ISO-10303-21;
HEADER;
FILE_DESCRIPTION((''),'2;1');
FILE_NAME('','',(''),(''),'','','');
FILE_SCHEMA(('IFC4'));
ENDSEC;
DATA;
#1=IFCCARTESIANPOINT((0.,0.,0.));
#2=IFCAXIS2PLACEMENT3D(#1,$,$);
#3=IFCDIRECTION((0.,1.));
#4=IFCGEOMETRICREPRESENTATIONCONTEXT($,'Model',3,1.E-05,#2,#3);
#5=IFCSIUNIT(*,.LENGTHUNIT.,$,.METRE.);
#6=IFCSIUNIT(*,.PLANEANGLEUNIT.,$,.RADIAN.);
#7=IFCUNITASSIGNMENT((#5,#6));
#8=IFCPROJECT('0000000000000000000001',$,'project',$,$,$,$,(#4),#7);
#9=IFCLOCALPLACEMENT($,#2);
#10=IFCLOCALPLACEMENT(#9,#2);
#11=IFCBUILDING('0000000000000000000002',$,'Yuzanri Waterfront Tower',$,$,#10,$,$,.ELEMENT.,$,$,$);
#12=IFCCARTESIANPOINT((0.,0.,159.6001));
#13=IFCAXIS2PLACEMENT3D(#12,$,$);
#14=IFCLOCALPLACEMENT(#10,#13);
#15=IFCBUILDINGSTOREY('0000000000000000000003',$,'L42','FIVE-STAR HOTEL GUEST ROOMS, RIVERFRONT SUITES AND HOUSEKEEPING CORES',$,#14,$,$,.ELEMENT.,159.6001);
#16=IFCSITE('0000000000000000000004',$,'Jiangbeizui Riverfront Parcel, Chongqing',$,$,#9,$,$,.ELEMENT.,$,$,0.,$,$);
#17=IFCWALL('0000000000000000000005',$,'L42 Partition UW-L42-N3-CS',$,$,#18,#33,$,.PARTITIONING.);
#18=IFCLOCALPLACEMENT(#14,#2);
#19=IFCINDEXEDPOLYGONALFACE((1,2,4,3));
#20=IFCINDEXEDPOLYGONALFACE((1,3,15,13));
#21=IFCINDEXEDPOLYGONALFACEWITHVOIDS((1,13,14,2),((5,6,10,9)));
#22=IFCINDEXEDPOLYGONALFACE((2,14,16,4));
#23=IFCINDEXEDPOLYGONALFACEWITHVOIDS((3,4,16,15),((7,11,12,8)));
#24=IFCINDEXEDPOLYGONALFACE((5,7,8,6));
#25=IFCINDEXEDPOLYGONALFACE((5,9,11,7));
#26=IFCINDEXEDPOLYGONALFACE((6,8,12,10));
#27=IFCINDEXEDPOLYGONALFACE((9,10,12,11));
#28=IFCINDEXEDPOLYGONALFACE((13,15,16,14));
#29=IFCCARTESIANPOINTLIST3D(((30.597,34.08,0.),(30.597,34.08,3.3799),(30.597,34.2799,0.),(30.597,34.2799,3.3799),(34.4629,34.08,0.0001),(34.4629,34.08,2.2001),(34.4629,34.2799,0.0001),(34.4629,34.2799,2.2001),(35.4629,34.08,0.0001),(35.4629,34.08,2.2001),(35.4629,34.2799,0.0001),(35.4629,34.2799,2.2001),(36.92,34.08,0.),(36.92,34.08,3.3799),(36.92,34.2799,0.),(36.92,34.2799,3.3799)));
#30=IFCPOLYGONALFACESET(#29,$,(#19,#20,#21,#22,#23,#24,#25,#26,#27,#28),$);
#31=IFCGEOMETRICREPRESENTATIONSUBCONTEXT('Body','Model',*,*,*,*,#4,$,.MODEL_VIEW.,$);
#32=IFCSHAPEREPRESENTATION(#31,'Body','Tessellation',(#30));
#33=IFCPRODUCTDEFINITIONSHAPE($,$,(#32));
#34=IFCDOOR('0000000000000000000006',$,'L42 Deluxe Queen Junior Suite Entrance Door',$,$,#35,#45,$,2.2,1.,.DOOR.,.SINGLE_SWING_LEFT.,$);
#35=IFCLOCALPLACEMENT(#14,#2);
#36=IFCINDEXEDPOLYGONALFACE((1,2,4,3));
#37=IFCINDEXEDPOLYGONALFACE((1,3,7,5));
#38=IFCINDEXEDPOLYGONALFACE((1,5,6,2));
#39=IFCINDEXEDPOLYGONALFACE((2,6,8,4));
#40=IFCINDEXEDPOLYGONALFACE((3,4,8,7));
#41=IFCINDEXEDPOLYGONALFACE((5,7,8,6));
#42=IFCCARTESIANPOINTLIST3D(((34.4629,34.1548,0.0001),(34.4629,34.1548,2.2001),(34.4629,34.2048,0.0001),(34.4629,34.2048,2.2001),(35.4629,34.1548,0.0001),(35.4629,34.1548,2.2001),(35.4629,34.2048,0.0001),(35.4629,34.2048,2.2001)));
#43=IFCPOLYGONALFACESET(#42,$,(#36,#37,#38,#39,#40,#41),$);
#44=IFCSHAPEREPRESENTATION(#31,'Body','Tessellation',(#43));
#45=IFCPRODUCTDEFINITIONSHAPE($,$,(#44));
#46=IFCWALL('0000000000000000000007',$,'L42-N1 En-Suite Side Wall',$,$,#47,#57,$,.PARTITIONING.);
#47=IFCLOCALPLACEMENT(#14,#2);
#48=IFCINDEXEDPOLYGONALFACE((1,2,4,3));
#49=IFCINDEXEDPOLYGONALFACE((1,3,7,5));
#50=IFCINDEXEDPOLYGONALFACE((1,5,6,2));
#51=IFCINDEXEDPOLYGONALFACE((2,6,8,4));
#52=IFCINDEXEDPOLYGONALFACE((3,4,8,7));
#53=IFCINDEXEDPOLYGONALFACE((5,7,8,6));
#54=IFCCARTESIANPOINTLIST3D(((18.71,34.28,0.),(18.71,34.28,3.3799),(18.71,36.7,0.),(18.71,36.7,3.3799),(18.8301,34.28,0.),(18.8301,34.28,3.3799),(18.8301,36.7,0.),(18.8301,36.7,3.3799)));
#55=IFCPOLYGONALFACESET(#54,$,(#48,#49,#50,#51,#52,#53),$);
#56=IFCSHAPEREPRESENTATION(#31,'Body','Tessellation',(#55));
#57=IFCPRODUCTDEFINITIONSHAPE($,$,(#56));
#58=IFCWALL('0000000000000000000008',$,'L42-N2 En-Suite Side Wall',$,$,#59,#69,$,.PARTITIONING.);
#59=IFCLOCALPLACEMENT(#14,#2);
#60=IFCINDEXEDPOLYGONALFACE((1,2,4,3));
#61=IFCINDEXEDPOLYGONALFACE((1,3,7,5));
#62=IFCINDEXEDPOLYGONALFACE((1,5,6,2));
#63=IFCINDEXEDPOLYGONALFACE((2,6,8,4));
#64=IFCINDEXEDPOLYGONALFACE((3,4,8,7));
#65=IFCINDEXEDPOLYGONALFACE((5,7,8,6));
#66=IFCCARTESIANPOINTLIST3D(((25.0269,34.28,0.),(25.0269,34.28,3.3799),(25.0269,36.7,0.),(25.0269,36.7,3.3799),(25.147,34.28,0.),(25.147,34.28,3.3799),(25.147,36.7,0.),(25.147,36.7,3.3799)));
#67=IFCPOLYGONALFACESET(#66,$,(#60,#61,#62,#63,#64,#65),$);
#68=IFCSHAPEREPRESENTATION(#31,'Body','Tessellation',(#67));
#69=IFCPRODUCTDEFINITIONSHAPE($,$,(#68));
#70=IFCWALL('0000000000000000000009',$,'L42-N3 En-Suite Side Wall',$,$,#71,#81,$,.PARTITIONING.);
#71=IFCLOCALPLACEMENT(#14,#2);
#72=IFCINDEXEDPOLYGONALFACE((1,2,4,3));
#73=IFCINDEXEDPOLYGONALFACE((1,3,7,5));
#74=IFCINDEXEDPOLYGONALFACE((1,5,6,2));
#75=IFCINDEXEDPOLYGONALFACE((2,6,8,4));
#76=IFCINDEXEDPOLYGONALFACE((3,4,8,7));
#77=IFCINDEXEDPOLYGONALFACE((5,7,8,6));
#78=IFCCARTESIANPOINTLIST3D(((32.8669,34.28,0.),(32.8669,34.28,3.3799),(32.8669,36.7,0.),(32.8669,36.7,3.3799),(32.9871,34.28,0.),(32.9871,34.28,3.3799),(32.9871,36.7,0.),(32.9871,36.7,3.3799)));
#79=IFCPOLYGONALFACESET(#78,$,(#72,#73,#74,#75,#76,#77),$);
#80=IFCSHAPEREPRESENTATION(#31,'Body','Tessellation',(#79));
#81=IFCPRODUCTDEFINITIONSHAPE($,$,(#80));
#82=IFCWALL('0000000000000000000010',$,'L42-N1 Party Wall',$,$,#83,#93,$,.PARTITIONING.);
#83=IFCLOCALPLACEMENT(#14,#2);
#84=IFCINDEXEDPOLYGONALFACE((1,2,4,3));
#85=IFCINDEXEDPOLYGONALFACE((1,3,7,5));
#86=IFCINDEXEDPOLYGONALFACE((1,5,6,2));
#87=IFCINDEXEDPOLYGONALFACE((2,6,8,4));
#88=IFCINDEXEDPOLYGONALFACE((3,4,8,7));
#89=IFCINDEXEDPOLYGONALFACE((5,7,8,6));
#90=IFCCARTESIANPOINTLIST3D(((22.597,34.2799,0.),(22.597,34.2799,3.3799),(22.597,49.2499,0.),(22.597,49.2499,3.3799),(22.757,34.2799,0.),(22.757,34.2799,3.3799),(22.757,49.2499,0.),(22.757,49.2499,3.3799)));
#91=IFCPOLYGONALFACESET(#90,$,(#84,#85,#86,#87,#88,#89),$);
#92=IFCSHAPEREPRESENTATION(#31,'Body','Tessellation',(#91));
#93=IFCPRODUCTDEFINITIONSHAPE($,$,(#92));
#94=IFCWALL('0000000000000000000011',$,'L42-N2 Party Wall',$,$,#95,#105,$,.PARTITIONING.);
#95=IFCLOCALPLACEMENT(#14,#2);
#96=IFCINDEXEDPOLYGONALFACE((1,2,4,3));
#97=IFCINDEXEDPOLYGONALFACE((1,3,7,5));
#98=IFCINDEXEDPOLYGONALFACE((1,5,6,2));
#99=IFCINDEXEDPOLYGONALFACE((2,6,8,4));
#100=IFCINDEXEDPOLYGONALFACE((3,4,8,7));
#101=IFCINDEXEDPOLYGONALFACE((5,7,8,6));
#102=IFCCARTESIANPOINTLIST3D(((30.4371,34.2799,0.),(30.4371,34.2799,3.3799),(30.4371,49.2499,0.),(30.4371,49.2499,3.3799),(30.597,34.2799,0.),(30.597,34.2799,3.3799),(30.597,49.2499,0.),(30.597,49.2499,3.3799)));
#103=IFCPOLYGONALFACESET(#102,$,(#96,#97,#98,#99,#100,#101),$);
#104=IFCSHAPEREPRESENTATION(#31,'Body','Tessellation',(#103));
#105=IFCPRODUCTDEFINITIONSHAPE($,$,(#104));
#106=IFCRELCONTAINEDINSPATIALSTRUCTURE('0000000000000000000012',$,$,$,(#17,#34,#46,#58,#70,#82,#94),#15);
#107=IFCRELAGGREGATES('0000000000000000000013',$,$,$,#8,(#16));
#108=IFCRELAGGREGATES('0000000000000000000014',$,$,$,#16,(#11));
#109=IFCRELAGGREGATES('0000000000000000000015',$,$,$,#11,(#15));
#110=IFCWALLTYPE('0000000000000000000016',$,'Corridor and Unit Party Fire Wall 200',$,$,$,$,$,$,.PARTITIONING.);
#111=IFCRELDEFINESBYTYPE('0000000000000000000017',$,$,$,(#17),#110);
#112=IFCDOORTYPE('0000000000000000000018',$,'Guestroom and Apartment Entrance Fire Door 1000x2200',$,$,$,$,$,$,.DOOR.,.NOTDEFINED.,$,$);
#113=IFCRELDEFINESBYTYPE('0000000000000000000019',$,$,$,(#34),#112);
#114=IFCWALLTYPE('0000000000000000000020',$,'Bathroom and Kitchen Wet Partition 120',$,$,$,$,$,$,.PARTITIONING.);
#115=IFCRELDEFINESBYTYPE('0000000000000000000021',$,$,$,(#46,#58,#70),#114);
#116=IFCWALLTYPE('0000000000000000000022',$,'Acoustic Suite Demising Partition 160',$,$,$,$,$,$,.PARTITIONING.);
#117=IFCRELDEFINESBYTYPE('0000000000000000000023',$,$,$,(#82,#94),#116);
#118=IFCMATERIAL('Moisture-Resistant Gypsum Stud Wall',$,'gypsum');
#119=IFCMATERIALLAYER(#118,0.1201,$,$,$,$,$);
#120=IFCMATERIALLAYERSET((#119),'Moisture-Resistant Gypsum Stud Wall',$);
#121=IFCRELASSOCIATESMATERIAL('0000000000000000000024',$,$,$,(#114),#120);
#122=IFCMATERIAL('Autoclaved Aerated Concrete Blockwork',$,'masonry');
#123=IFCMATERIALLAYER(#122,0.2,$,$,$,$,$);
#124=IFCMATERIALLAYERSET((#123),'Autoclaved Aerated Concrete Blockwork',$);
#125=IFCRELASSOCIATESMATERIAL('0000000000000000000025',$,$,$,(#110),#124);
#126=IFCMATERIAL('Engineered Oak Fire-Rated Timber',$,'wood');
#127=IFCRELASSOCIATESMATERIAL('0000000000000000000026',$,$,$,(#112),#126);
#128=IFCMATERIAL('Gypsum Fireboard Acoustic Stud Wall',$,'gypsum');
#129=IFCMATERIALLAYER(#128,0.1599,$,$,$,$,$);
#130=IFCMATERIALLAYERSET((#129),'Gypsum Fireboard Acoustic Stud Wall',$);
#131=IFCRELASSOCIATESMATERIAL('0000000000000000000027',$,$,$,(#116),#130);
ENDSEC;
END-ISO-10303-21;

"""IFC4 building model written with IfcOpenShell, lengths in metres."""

from ifc_helpers import new_model, si_unit, direction, frame, frame_2d, origin, place, context, subcontext, project, spatial, rectangle, extrude, source, transform, mapped, material, layer, layer_set, type_object, element, fill, save


model = new_model("IFC4")

# Units and contexts
model_context = context("Model", 3, precision=1e-05, world=origin(), true_north=direction((0.0, 1.0)))
body_context = subcontext(model_context, "Body", "Model", "MODEL_VIEW")
ifc_project = project(units=[si_unit("LENGTHUNIT", "METRE"), si_unit("PLANEANGLEUNIT", "RADIAN")], contexts=[model_context])

# Site, building, storey
site_placement = place(None, origin())
site = spatial("IfcSite", under=ifc_project, at=site_placement, Name="Jiangbeizui Riverfront Parcel, Chongqing", CompositionType="ELEMENT", RefElevation=0.0)
building_placement = place(site_placement, origin())
building = spatial("IfcBuilding", under=site, at=building_placement, Name="Yuzanri Waterfront Tower", CompositionType="ELEMENT")
storey_placement = place(building_placement, frame((0.0, 0.0, 159.6001)))
storey = spatial("IfcBuildingStorey", under=building, at=storey_placement, Name="L42", Description="FIVE-STAR HOTEL GUEST ROOMS, RIVERFRONT SUITES AND HOUSEKEEPING CORES", CompositionType="ELEMENT", Elevation=159.6001)

# Wall, opening, door
ifc_material_1 = material(Name="Moisture-Resistant Gypsum Stud Wall", Category="gypsum")
ifc_layer_1 = layer(ifc_material_1, 0.1201)
ifc_layer_set_1 = layer_set([ifc_layer_1], Name="Moisture-Resistant Gypsum Stud Wall")
wall_type_1 = type_object("IfcWallType", Name="Bathroom and Kitchen Wet Partition 120", PredefinedType="PARTITIONING", material=ifc_layer_set_1)
ifc_material_2 = material(Name="Autoclaved Aerated Concrete Blockwork", Category="masonry")
ifc_layer_2 = layer(ifc_material_2, 0.2)
ifc_layer_set_2 = layer_set([ifc_layer_2], Name="Autoclaved Aerated Concrete Blockwork")
wall_type_2 = type_object("IfcWallType", Name="Corridor and Unit Party Fire Wall 200", PredefinedType="PARTITIONING", material=ifc_layer_set_2)
ifc_material_3 = material(Name="Engineered Oak Fire-Rated Timber", Category="wood")
door_type_1 = type_object("IfcDoorType", Name="Guestroom and Apartment Entrance Fire Door 1000x2200", OperationType="NOTDEFINED", PredefinedType="DOOR", material=ifc_material_3)
shared_shape_1 = source(origin(), body_context, "Body", "SweptSolid", [
    extrude(rectangle(XDim=1.0, YDim=2.2, at=frame_2d((0.5, 1.1001))), frame((0.0, 0.0249, 0.0), z_axis=(0.0, -1.0, 0.0), x_axis=(1.0, 0.0, 0.0)), (0.0, 0.0, 1.0), 0.05),
])
wall_1_placement = place(storey_placement, frame((30.5969, 34.1799, 0.0), z_axis=(0.0, 0.0, 1.0), x_axis=(1.0, 0.0, 0.0)))
wall_1 = element("IfcWall", 1, at=wall_1_placement, inside=storey, type_object=wall_type_2, Name="L42 Partition UW-L42-N3-CS", PredefinedType="PARTITIONING", context=body_context, shape_type="SweptSolid", body=[
    extrude(rectangle(XDim=6.323, YDim=0.2, at=frame_2d((3.1616, 0.0))), origin(), (0.0, 0.0, 1.0), 3.3799),
])
opening_1_placement = place(wall_1_placement, frame((3.866, 0.0, 0.0)))
opening_1 = element("IfcOpeningElement", 2, at=opening_1_placement, cuts=wall_1, PredefinedType="OPENING", context=body_context, shape_type="SweptSolid", body=[
    extrude(rectangle(XDim=1.0, YDim=2.2, at=frame_2d((0.5, 1.1001))), frame((0.0, 0.1147, 0.0), z_axis=(0.0, -1.0, 0.0), x_axis=(1.0, 0.0, 0.0)), (0.0, 0.0, 1.0), 0.2297),
])
door_1_placement = place(opening_1_placement, origin())
door_1 = element("IfcDoor", 3, at=door_1_placement, inside=storey, type_object=door_type_1, Name="L42 Deluxe Queen Junior Suite Entrance Door", OperationType="SINGLE_SWING_LEFT", OverallHeight=2.2, OverallWidth=1.0, PredefinedType="DOOR", context=body_context, shape_type="MappedRepresentation", body=[
    mapped(shared_shape_1, transform((0.0, 0.0, 0.0), scale=1.0)),
])
fill(opening_1, door_1)

# Walls
shared_shape_2 = source(origin(), body_context, "Body", "SweptSolid", [
    extrude(rectangle(XDim=2.4199, YDim=0.1201, at=frame_2d((1.21, 0.0))), origin(), (0.0, 0.0, 1.0), 3.3799),
])
for number, where, z_axis, x_axis, name in (
    (4, (18.77, 34.28, 0.0), (0.0, 0.0, 1.0), (0.0, 1.0, 0.0), "L42-N1 En-Suite Side Wall"),
    (5, (25.0869, 34.28, 0.0), (0.0, 0.0, 1.0), (0.0, 1.0, 0.0), "L42-N2 En-Suite Side Wall"),
    (6, (32.927, 34.28, 0.0), (0.0, 0.0, 1.0), (0.0, 1.0, 0.0), "L42-N3 En-Suite Side Wall"),
):
    element("IfcWall", number, at=place(storey_placement, frame(where, z_axis=z_axis, x_axis=x_axis)), inside=storey, type_object=wall_type_1, Name=name, PredefinedType="PARTITIONING", context=body_context, shape_type="MappedRepresentation", body=[
        mapped(shared_shape_2, transform((0.0, 0.0, 0.0), scale=1.0)),
    ])
ifc_material_4 = material(Name="Gypsum Fireboard Acoustic Stud Wall", Category="gypsum")
ifc_layer_3 = layer(ifc_material_4, 0.1599)
ifc_layer_set_3 = layer_set([ifc_layer_3], Name="Gypsum Fireboard Acoustic Stud Wall")
wall_type_3 = type_object("IfcWallType", Name="Acoustic Suite Demising Partition 160", PredefinedType="PARTITIONING", material=ifc_layer_set_3)
shared_shape_3 = source(origin(), body_context, "Body", "SweptSolid", [
    extrude(rectangle(XDim=14.97, YDim=0.1599, at=frame_2d((7.4849, 0.0))), origin(), (0.0, 0.0, 1.0), 3.3799),
])
for number, where, z_axis, x_axis, name in (
    (7, (22.677, 34.28, 0.0), (0.0, 0.0, 1.0), (0.0, 1.0, 0.0), "L42-N1 Party Wall"),
    (8, (30.5171, 34.28, 0.0), (0.0, 0.0, 1.0), (0.0, 1.0, 0.0), "L42-N2 Party Wall"),
):
    element("IfcWall", number, at=place(storey_placement, frame(where, z_axis=z_axis, x_axis=x_axis)), inside=storey, type_object=wall_type_3, Name=name, PredefinedType="PARTITIONING", context=body_context, shape_type="MappedRepresentation", body=[
        mapped(shared_shape_3, transform((0.0, 0.0, 0.0), scale=1.0)),
    ])

save(model, "model.ifc")
